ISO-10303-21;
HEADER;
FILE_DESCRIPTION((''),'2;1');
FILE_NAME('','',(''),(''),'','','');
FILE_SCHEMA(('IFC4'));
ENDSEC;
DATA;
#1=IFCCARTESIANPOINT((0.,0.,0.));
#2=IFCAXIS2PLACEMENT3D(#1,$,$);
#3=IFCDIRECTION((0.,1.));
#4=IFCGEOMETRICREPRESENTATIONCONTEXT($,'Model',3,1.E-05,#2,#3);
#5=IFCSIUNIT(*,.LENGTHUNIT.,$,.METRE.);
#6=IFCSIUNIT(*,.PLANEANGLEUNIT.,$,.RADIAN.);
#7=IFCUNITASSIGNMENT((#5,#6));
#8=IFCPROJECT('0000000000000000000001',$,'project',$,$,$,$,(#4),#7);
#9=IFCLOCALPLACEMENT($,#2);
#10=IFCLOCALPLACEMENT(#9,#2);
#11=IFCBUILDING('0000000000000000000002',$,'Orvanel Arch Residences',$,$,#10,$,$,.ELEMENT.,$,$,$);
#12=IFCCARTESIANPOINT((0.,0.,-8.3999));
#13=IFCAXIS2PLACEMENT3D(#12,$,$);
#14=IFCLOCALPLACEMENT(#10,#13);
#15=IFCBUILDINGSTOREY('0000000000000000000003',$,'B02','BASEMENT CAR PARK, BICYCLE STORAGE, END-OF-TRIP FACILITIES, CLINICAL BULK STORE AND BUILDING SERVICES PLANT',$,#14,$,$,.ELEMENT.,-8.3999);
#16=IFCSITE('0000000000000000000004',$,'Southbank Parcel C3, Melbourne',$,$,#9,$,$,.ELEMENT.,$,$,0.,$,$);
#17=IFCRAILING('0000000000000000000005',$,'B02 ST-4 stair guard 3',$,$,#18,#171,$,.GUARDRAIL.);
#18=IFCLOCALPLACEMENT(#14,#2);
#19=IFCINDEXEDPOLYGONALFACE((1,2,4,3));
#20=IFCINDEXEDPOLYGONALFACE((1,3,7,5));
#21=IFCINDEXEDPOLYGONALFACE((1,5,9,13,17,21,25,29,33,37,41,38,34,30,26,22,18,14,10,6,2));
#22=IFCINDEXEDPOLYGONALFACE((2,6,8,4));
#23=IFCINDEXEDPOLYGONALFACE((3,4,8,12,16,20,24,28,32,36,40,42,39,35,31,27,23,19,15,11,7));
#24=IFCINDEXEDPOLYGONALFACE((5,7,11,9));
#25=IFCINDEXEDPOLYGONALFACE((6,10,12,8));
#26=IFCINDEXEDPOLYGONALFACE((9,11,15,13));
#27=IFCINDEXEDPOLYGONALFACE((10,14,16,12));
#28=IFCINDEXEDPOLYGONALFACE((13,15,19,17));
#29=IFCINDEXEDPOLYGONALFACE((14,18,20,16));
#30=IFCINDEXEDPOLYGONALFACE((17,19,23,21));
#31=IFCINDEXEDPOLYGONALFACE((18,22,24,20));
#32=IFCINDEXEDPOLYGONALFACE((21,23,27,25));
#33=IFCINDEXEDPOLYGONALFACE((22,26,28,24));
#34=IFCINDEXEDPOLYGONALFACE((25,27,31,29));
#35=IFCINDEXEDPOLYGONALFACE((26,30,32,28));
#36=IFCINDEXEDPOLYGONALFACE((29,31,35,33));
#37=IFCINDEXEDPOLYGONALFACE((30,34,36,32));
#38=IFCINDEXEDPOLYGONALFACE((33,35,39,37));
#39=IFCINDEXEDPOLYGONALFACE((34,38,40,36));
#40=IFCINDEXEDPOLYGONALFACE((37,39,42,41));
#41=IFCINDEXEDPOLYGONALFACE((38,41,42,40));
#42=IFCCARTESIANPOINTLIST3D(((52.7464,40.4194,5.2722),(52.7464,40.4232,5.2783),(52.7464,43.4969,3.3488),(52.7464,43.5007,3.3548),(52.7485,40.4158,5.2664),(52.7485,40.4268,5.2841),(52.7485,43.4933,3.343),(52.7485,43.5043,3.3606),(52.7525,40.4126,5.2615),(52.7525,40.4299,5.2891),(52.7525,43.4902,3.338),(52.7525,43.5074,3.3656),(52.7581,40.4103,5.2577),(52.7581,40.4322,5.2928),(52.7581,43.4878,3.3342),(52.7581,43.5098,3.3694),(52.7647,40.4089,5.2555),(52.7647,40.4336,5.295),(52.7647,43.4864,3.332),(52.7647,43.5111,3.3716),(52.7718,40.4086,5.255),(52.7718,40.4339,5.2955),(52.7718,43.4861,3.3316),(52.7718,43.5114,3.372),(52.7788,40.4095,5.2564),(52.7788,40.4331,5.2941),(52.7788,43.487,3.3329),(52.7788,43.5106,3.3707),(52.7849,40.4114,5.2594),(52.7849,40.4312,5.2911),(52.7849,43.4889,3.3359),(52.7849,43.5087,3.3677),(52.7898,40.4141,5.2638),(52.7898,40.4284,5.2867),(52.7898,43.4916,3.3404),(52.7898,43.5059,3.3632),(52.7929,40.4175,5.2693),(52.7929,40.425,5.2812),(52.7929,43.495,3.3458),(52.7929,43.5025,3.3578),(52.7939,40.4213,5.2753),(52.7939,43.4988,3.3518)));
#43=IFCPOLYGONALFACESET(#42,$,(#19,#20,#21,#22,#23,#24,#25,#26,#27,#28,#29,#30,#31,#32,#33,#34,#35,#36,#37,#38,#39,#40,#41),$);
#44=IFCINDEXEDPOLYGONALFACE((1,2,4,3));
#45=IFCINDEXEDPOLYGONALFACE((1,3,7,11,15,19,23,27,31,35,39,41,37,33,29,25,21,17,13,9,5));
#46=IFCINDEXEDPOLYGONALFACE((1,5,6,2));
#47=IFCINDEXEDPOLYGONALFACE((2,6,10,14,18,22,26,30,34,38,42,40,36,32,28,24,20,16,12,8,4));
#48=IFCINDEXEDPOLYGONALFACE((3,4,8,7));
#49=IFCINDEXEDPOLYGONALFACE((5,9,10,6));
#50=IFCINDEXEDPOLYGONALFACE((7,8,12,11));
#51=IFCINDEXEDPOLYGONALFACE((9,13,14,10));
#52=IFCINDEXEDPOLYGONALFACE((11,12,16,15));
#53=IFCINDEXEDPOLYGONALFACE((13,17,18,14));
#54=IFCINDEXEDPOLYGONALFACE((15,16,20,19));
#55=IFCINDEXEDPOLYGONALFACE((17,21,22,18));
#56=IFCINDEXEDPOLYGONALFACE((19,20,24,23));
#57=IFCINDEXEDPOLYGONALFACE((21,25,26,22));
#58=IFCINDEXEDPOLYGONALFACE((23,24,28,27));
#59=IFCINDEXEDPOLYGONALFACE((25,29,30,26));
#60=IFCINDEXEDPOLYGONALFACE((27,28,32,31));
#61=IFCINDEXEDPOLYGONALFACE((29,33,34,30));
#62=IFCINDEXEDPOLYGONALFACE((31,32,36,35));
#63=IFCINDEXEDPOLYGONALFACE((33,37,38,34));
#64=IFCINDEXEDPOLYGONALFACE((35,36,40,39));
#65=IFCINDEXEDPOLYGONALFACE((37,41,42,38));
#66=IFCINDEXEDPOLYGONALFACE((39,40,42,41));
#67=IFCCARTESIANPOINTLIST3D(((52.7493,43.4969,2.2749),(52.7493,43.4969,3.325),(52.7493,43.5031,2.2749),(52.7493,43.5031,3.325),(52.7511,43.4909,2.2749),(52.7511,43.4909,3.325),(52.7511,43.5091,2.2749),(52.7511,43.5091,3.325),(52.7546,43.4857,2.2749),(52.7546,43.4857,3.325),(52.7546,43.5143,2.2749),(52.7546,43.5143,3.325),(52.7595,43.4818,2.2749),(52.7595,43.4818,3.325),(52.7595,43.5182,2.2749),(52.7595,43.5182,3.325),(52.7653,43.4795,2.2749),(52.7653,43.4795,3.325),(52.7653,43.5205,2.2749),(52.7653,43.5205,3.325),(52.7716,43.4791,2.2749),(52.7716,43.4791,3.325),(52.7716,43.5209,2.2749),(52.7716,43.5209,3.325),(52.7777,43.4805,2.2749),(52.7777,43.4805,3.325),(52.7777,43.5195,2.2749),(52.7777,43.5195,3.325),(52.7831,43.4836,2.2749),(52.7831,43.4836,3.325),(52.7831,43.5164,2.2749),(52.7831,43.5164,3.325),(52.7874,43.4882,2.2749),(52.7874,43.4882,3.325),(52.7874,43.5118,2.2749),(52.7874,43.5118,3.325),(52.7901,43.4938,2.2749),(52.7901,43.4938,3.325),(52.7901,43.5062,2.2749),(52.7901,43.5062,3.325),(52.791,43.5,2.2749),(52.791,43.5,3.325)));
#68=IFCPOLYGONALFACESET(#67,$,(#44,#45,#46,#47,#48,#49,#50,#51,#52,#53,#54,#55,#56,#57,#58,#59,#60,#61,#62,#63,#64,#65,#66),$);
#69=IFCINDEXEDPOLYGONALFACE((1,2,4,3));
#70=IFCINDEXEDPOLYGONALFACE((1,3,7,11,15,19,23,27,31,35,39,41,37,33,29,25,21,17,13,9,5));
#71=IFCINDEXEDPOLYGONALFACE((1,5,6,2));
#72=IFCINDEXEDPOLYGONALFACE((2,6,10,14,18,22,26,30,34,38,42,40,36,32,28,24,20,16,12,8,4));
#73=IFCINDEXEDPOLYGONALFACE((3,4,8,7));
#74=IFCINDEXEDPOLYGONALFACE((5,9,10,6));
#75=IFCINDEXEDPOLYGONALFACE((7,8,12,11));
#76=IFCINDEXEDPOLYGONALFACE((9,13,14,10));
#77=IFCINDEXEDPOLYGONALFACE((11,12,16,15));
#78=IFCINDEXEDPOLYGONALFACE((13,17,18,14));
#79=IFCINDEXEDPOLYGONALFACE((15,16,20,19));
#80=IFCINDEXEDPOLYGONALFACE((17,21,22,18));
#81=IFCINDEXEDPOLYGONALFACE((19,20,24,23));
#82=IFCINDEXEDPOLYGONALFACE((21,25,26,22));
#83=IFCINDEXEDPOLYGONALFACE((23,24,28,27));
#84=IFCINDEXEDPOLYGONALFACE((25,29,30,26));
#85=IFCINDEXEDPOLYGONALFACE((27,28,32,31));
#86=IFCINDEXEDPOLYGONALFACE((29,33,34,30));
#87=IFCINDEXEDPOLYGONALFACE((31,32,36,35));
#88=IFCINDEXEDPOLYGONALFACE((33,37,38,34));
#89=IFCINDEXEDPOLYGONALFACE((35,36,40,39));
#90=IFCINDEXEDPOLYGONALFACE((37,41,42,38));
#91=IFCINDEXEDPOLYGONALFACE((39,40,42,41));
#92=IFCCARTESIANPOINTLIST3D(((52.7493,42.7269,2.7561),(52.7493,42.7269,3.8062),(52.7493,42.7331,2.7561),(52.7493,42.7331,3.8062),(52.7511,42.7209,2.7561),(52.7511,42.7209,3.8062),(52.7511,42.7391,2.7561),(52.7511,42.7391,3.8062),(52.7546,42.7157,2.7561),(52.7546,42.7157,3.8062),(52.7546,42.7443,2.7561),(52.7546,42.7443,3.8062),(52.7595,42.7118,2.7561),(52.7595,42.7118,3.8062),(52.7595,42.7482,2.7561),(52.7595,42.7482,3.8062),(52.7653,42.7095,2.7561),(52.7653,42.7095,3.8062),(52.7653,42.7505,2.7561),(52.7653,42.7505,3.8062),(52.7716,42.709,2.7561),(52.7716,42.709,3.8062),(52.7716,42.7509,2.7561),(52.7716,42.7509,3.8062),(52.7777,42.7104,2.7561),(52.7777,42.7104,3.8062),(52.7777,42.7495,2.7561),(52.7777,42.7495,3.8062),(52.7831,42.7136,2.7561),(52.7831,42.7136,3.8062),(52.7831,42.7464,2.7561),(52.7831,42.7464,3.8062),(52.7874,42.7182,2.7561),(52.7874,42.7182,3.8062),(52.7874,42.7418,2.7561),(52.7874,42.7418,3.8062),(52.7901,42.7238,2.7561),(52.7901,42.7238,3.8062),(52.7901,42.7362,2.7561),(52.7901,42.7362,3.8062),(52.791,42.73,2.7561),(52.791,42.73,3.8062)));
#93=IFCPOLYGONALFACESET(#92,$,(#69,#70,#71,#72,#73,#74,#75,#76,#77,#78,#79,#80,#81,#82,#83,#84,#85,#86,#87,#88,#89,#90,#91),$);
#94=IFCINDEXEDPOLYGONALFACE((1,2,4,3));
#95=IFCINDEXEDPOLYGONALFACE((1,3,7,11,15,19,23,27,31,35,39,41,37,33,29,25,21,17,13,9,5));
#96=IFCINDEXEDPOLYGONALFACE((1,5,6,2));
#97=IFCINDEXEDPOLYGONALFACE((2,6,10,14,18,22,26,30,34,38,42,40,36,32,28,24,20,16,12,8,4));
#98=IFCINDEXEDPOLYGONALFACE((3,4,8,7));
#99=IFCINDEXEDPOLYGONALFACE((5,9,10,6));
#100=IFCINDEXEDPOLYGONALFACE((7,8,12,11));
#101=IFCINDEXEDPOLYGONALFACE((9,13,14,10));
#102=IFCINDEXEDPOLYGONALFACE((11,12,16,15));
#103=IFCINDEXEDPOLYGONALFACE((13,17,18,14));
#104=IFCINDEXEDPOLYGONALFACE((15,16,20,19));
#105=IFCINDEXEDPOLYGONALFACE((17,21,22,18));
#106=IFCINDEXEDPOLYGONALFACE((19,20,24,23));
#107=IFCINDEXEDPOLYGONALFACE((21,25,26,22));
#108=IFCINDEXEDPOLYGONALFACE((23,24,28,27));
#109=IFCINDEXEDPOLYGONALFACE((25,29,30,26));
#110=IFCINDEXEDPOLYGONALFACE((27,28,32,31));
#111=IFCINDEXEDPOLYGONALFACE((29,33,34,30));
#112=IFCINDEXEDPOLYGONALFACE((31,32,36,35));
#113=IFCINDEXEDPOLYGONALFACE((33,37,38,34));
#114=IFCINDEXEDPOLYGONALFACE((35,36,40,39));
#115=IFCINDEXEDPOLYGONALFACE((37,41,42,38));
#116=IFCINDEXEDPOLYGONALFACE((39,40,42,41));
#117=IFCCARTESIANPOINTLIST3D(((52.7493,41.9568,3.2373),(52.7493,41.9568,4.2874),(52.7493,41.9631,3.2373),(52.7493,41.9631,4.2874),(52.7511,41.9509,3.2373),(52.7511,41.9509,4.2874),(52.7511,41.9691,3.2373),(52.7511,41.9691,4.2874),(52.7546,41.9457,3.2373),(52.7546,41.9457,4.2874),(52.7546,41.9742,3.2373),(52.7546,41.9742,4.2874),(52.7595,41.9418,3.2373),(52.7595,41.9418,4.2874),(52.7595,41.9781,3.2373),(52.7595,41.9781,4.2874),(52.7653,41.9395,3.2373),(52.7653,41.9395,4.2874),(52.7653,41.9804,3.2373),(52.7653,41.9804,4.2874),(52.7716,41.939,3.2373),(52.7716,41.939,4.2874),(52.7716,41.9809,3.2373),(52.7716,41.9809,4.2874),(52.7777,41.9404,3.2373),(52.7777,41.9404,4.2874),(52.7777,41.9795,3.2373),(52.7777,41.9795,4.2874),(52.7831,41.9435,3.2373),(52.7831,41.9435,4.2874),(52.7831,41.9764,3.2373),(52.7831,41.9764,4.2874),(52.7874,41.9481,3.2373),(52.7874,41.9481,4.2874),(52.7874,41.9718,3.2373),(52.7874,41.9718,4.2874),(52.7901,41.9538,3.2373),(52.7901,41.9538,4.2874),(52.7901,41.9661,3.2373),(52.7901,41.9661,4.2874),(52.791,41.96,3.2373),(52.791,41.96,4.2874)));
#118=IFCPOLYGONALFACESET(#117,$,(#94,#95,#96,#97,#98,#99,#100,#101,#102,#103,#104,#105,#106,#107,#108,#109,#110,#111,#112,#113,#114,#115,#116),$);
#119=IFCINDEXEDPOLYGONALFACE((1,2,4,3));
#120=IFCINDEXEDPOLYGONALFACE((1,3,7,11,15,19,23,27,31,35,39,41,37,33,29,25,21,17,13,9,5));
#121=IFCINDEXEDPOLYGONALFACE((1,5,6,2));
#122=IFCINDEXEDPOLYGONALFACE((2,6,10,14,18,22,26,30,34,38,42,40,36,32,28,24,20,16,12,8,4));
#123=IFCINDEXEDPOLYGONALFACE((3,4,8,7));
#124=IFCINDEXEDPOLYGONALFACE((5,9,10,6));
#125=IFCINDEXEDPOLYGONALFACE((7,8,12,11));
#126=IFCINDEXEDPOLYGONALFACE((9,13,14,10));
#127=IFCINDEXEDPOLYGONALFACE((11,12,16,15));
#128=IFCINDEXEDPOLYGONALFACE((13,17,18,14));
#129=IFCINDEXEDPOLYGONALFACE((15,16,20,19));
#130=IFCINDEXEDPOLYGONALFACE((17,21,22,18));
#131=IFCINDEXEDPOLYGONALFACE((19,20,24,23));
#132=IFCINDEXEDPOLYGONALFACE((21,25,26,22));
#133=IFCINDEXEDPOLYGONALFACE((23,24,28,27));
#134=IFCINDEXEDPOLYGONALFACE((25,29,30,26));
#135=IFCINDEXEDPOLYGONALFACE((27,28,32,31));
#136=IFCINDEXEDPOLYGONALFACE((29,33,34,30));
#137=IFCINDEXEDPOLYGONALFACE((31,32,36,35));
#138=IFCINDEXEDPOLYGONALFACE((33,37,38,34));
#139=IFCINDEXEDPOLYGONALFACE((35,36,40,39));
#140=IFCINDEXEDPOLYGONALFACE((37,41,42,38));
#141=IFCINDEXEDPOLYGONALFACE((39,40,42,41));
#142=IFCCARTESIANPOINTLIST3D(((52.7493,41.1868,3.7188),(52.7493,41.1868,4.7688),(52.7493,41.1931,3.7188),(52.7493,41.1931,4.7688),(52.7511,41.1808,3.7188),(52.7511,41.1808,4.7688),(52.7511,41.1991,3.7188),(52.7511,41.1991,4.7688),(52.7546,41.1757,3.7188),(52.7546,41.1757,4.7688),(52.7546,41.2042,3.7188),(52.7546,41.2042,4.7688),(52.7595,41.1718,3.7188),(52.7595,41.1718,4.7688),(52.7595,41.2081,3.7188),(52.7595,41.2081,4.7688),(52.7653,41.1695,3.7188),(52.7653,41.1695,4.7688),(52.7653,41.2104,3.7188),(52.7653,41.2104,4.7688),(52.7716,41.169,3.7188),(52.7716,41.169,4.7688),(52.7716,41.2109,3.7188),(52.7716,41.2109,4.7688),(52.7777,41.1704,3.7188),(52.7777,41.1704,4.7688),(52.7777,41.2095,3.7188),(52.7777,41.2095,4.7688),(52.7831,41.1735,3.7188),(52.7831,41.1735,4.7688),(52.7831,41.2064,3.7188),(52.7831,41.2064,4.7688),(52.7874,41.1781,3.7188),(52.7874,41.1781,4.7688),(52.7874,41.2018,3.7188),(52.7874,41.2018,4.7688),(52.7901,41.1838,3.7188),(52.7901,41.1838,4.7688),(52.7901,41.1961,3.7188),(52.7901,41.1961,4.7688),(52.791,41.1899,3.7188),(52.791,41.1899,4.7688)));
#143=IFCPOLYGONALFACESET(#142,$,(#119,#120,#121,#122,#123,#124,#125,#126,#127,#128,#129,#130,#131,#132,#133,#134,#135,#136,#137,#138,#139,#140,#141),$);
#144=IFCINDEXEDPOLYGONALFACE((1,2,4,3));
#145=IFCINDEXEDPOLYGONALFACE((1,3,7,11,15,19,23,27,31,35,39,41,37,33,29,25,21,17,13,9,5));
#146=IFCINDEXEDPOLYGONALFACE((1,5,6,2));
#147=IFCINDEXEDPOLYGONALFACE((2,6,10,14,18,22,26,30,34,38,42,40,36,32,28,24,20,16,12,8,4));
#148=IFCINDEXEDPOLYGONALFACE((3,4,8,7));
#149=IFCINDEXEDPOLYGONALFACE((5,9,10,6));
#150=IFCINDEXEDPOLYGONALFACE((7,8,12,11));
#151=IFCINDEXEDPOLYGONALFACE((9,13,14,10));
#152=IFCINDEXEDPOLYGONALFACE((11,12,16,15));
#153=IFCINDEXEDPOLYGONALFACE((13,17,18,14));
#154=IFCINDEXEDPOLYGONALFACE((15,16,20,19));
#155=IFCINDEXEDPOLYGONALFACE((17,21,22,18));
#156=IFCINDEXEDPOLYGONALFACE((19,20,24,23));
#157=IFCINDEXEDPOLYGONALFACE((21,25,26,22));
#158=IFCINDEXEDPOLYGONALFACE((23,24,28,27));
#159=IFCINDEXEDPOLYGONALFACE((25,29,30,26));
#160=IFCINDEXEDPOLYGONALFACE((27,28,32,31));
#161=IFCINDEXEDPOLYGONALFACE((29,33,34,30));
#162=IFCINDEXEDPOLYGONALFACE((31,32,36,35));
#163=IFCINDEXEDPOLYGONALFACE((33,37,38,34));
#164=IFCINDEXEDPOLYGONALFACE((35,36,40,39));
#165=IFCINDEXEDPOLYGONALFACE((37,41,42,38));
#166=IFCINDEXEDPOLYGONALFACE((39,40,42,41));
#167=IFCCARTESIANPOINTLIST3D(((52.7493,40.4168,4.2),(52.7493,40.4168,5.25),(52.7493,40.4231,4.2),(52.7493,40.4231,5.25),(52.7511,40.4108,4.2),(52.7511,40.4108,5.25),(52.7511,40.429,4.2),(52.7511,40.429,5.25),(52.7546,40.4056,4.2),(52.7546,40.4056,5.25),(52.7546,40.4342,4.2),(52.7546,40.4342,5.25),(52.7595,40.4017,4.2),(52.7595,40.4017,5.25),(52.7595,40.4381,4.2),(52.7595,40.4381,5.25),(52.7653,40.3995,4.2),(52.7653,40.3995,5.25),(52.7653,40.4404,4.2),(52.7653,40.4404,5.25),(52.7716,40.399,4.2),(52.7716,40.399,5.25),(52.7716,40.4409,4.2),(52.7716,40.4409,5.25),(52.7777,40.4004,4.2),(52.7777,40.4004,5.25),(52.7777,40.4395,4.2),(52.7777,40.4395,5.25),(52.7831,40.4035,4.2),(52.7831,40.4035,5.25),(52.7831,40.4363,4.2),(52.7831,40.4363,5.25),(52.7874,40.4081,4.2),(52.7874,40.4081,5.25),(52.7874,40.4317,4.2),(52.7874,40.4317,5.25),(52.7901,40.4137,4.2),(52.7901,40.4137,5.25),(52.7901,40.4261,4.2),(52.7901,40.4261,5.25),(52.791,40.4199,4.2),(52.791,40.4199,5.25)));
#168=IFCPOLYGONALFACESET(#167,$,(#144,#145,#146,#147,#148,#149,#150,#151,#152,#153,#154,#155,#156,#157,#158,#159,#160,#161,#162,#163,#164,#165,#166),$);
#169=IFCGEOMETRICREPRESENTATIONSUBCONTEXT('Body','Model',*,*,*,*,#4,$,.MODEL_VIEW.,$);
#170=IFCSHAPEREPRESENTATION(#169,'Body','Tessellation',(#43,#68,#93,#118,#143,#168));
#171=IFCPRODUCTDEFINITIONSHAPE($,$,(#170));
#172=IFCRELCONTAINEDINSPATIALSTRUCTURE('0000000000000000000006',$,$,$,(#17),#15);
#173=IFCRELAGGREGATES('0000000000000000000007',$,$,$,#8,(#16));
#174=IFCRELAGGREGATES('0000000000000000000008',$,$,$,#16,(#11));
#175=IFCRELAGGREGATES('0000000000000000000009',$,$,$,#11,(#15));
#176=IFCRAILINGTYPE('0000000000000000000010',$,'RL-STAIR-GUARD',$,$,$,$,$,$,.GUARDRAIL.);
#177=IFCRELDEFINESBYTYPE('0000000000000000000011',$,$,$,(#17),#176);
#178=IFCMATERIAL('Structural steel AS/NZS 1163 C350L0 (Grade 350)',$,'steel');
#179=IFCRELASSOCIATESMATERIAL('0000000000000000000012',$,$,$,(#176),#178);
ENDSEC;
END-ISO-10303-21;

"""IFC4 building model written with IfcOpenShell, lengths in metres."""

from ifc_helpers import new_model, si_unit, direction, frame, origin, origin_2d, place, context, subcontext, project, spatial, circle, extrude, material, type_object, element, save


model = new_model("IFC4")

# Units and contexts
model_context = context("Model", 3, precision=1e-05, world=origin(), true_north=direction((0.0, 1.0)))
body_context = subcontext(model_context, "Body", "Model", "MODEL_VIEW")
ifc_project = project(units=[si_unit("LENGTHUNIT", "METRE"), si_unit("PLANEANGLEUNIT", "RADIAN")], contexts=[model_context])

# Site, building, storey
site_placement = place(None, origin())
site = spatial("IfcSite", under=ifc_project, at=site_placement, Name="Southbank Parcel C3, Melbourne", CompositionType="ELEMENT", RefElevation=0.0)
building_placement = place(site_placement, origin())
building = spatial("IfcBuilding", under=site, at=building_placement, Name="Orvanel Arch Residences", CompositionType="ELEMENT")
storey_placement = place(building_placement, frame((0.0, 0.0, -8.3999)))
storey = spatial("IfcBuildingStorey", under=building, at=storey_placement, Name="B02", Description="BASEMENT CAR PARK, BICYCLE STORAGE, END-OF-TRIP FACILITIES, CLINICAL BULK STORE AND BUILDING SERVICES PLANT", CompositionType="ELEMENT", Elevation=-8.3999)

# Railing
ifc_material_1 = material(Name="Structural steel AS/NZS 1163 C350L0 (Grade 350)", Category="steel")
railing_type_1 = type_object("IfcRailingType", Name="RL-STAIR-GUARD", PredefinedType="GUARDRAIL", material=ifc_material_1)
railing_1_placement = place(storey_placement, frame((52.77, 43.5, 2.2749)))
element("IfcRailing", 1, at=railing_1_placement, inside=storey, type_object=railing_type_1, Name="B02 ST-4 stair guard 3", PredefinedType="GUARDRAIL", context=body_context, shape_type="SweptSolid", body=[
    extrude(circle(Radius=0.0239, at=origin_2d()), frame((0.0, -0.0012, 1.0769), z_axis=(0.0, -0.847998, 0.529999), x_axis=(1.0, 0.0, 0.0)), (0.0, 0.0, 1.0), 3.6292),
    extrude(circle(Radius=0.021, at=origin_2d()), origin(), (0.0, 0.0, 1.0), 1.05),
    extrude(circle(Radius=0.021, at=origin_2d()), frame((0.0, -0.77, 0.4812)), (0.0, 0.0, 1.0), 1.05),
    extrude(circle(Radius=0.021, at=origin_2d()), frame((0.0, -1.54, 0.9624)), (0.0, 0.0, 1.0), 1.05),
    extrude(circle(Radius=0.021, at=origin_2d()), frame((0.0, -2.3101, 1.4438)), (0.0, 0.0, 1.0), 1.05),
    extrude(circle(Radius=0.021, at=origin_2d()), frame((0.0, -3.0801, 1.925)), (0.0, 0.0, 1.0), 1.05),
])

save(model, "model.ifc")
